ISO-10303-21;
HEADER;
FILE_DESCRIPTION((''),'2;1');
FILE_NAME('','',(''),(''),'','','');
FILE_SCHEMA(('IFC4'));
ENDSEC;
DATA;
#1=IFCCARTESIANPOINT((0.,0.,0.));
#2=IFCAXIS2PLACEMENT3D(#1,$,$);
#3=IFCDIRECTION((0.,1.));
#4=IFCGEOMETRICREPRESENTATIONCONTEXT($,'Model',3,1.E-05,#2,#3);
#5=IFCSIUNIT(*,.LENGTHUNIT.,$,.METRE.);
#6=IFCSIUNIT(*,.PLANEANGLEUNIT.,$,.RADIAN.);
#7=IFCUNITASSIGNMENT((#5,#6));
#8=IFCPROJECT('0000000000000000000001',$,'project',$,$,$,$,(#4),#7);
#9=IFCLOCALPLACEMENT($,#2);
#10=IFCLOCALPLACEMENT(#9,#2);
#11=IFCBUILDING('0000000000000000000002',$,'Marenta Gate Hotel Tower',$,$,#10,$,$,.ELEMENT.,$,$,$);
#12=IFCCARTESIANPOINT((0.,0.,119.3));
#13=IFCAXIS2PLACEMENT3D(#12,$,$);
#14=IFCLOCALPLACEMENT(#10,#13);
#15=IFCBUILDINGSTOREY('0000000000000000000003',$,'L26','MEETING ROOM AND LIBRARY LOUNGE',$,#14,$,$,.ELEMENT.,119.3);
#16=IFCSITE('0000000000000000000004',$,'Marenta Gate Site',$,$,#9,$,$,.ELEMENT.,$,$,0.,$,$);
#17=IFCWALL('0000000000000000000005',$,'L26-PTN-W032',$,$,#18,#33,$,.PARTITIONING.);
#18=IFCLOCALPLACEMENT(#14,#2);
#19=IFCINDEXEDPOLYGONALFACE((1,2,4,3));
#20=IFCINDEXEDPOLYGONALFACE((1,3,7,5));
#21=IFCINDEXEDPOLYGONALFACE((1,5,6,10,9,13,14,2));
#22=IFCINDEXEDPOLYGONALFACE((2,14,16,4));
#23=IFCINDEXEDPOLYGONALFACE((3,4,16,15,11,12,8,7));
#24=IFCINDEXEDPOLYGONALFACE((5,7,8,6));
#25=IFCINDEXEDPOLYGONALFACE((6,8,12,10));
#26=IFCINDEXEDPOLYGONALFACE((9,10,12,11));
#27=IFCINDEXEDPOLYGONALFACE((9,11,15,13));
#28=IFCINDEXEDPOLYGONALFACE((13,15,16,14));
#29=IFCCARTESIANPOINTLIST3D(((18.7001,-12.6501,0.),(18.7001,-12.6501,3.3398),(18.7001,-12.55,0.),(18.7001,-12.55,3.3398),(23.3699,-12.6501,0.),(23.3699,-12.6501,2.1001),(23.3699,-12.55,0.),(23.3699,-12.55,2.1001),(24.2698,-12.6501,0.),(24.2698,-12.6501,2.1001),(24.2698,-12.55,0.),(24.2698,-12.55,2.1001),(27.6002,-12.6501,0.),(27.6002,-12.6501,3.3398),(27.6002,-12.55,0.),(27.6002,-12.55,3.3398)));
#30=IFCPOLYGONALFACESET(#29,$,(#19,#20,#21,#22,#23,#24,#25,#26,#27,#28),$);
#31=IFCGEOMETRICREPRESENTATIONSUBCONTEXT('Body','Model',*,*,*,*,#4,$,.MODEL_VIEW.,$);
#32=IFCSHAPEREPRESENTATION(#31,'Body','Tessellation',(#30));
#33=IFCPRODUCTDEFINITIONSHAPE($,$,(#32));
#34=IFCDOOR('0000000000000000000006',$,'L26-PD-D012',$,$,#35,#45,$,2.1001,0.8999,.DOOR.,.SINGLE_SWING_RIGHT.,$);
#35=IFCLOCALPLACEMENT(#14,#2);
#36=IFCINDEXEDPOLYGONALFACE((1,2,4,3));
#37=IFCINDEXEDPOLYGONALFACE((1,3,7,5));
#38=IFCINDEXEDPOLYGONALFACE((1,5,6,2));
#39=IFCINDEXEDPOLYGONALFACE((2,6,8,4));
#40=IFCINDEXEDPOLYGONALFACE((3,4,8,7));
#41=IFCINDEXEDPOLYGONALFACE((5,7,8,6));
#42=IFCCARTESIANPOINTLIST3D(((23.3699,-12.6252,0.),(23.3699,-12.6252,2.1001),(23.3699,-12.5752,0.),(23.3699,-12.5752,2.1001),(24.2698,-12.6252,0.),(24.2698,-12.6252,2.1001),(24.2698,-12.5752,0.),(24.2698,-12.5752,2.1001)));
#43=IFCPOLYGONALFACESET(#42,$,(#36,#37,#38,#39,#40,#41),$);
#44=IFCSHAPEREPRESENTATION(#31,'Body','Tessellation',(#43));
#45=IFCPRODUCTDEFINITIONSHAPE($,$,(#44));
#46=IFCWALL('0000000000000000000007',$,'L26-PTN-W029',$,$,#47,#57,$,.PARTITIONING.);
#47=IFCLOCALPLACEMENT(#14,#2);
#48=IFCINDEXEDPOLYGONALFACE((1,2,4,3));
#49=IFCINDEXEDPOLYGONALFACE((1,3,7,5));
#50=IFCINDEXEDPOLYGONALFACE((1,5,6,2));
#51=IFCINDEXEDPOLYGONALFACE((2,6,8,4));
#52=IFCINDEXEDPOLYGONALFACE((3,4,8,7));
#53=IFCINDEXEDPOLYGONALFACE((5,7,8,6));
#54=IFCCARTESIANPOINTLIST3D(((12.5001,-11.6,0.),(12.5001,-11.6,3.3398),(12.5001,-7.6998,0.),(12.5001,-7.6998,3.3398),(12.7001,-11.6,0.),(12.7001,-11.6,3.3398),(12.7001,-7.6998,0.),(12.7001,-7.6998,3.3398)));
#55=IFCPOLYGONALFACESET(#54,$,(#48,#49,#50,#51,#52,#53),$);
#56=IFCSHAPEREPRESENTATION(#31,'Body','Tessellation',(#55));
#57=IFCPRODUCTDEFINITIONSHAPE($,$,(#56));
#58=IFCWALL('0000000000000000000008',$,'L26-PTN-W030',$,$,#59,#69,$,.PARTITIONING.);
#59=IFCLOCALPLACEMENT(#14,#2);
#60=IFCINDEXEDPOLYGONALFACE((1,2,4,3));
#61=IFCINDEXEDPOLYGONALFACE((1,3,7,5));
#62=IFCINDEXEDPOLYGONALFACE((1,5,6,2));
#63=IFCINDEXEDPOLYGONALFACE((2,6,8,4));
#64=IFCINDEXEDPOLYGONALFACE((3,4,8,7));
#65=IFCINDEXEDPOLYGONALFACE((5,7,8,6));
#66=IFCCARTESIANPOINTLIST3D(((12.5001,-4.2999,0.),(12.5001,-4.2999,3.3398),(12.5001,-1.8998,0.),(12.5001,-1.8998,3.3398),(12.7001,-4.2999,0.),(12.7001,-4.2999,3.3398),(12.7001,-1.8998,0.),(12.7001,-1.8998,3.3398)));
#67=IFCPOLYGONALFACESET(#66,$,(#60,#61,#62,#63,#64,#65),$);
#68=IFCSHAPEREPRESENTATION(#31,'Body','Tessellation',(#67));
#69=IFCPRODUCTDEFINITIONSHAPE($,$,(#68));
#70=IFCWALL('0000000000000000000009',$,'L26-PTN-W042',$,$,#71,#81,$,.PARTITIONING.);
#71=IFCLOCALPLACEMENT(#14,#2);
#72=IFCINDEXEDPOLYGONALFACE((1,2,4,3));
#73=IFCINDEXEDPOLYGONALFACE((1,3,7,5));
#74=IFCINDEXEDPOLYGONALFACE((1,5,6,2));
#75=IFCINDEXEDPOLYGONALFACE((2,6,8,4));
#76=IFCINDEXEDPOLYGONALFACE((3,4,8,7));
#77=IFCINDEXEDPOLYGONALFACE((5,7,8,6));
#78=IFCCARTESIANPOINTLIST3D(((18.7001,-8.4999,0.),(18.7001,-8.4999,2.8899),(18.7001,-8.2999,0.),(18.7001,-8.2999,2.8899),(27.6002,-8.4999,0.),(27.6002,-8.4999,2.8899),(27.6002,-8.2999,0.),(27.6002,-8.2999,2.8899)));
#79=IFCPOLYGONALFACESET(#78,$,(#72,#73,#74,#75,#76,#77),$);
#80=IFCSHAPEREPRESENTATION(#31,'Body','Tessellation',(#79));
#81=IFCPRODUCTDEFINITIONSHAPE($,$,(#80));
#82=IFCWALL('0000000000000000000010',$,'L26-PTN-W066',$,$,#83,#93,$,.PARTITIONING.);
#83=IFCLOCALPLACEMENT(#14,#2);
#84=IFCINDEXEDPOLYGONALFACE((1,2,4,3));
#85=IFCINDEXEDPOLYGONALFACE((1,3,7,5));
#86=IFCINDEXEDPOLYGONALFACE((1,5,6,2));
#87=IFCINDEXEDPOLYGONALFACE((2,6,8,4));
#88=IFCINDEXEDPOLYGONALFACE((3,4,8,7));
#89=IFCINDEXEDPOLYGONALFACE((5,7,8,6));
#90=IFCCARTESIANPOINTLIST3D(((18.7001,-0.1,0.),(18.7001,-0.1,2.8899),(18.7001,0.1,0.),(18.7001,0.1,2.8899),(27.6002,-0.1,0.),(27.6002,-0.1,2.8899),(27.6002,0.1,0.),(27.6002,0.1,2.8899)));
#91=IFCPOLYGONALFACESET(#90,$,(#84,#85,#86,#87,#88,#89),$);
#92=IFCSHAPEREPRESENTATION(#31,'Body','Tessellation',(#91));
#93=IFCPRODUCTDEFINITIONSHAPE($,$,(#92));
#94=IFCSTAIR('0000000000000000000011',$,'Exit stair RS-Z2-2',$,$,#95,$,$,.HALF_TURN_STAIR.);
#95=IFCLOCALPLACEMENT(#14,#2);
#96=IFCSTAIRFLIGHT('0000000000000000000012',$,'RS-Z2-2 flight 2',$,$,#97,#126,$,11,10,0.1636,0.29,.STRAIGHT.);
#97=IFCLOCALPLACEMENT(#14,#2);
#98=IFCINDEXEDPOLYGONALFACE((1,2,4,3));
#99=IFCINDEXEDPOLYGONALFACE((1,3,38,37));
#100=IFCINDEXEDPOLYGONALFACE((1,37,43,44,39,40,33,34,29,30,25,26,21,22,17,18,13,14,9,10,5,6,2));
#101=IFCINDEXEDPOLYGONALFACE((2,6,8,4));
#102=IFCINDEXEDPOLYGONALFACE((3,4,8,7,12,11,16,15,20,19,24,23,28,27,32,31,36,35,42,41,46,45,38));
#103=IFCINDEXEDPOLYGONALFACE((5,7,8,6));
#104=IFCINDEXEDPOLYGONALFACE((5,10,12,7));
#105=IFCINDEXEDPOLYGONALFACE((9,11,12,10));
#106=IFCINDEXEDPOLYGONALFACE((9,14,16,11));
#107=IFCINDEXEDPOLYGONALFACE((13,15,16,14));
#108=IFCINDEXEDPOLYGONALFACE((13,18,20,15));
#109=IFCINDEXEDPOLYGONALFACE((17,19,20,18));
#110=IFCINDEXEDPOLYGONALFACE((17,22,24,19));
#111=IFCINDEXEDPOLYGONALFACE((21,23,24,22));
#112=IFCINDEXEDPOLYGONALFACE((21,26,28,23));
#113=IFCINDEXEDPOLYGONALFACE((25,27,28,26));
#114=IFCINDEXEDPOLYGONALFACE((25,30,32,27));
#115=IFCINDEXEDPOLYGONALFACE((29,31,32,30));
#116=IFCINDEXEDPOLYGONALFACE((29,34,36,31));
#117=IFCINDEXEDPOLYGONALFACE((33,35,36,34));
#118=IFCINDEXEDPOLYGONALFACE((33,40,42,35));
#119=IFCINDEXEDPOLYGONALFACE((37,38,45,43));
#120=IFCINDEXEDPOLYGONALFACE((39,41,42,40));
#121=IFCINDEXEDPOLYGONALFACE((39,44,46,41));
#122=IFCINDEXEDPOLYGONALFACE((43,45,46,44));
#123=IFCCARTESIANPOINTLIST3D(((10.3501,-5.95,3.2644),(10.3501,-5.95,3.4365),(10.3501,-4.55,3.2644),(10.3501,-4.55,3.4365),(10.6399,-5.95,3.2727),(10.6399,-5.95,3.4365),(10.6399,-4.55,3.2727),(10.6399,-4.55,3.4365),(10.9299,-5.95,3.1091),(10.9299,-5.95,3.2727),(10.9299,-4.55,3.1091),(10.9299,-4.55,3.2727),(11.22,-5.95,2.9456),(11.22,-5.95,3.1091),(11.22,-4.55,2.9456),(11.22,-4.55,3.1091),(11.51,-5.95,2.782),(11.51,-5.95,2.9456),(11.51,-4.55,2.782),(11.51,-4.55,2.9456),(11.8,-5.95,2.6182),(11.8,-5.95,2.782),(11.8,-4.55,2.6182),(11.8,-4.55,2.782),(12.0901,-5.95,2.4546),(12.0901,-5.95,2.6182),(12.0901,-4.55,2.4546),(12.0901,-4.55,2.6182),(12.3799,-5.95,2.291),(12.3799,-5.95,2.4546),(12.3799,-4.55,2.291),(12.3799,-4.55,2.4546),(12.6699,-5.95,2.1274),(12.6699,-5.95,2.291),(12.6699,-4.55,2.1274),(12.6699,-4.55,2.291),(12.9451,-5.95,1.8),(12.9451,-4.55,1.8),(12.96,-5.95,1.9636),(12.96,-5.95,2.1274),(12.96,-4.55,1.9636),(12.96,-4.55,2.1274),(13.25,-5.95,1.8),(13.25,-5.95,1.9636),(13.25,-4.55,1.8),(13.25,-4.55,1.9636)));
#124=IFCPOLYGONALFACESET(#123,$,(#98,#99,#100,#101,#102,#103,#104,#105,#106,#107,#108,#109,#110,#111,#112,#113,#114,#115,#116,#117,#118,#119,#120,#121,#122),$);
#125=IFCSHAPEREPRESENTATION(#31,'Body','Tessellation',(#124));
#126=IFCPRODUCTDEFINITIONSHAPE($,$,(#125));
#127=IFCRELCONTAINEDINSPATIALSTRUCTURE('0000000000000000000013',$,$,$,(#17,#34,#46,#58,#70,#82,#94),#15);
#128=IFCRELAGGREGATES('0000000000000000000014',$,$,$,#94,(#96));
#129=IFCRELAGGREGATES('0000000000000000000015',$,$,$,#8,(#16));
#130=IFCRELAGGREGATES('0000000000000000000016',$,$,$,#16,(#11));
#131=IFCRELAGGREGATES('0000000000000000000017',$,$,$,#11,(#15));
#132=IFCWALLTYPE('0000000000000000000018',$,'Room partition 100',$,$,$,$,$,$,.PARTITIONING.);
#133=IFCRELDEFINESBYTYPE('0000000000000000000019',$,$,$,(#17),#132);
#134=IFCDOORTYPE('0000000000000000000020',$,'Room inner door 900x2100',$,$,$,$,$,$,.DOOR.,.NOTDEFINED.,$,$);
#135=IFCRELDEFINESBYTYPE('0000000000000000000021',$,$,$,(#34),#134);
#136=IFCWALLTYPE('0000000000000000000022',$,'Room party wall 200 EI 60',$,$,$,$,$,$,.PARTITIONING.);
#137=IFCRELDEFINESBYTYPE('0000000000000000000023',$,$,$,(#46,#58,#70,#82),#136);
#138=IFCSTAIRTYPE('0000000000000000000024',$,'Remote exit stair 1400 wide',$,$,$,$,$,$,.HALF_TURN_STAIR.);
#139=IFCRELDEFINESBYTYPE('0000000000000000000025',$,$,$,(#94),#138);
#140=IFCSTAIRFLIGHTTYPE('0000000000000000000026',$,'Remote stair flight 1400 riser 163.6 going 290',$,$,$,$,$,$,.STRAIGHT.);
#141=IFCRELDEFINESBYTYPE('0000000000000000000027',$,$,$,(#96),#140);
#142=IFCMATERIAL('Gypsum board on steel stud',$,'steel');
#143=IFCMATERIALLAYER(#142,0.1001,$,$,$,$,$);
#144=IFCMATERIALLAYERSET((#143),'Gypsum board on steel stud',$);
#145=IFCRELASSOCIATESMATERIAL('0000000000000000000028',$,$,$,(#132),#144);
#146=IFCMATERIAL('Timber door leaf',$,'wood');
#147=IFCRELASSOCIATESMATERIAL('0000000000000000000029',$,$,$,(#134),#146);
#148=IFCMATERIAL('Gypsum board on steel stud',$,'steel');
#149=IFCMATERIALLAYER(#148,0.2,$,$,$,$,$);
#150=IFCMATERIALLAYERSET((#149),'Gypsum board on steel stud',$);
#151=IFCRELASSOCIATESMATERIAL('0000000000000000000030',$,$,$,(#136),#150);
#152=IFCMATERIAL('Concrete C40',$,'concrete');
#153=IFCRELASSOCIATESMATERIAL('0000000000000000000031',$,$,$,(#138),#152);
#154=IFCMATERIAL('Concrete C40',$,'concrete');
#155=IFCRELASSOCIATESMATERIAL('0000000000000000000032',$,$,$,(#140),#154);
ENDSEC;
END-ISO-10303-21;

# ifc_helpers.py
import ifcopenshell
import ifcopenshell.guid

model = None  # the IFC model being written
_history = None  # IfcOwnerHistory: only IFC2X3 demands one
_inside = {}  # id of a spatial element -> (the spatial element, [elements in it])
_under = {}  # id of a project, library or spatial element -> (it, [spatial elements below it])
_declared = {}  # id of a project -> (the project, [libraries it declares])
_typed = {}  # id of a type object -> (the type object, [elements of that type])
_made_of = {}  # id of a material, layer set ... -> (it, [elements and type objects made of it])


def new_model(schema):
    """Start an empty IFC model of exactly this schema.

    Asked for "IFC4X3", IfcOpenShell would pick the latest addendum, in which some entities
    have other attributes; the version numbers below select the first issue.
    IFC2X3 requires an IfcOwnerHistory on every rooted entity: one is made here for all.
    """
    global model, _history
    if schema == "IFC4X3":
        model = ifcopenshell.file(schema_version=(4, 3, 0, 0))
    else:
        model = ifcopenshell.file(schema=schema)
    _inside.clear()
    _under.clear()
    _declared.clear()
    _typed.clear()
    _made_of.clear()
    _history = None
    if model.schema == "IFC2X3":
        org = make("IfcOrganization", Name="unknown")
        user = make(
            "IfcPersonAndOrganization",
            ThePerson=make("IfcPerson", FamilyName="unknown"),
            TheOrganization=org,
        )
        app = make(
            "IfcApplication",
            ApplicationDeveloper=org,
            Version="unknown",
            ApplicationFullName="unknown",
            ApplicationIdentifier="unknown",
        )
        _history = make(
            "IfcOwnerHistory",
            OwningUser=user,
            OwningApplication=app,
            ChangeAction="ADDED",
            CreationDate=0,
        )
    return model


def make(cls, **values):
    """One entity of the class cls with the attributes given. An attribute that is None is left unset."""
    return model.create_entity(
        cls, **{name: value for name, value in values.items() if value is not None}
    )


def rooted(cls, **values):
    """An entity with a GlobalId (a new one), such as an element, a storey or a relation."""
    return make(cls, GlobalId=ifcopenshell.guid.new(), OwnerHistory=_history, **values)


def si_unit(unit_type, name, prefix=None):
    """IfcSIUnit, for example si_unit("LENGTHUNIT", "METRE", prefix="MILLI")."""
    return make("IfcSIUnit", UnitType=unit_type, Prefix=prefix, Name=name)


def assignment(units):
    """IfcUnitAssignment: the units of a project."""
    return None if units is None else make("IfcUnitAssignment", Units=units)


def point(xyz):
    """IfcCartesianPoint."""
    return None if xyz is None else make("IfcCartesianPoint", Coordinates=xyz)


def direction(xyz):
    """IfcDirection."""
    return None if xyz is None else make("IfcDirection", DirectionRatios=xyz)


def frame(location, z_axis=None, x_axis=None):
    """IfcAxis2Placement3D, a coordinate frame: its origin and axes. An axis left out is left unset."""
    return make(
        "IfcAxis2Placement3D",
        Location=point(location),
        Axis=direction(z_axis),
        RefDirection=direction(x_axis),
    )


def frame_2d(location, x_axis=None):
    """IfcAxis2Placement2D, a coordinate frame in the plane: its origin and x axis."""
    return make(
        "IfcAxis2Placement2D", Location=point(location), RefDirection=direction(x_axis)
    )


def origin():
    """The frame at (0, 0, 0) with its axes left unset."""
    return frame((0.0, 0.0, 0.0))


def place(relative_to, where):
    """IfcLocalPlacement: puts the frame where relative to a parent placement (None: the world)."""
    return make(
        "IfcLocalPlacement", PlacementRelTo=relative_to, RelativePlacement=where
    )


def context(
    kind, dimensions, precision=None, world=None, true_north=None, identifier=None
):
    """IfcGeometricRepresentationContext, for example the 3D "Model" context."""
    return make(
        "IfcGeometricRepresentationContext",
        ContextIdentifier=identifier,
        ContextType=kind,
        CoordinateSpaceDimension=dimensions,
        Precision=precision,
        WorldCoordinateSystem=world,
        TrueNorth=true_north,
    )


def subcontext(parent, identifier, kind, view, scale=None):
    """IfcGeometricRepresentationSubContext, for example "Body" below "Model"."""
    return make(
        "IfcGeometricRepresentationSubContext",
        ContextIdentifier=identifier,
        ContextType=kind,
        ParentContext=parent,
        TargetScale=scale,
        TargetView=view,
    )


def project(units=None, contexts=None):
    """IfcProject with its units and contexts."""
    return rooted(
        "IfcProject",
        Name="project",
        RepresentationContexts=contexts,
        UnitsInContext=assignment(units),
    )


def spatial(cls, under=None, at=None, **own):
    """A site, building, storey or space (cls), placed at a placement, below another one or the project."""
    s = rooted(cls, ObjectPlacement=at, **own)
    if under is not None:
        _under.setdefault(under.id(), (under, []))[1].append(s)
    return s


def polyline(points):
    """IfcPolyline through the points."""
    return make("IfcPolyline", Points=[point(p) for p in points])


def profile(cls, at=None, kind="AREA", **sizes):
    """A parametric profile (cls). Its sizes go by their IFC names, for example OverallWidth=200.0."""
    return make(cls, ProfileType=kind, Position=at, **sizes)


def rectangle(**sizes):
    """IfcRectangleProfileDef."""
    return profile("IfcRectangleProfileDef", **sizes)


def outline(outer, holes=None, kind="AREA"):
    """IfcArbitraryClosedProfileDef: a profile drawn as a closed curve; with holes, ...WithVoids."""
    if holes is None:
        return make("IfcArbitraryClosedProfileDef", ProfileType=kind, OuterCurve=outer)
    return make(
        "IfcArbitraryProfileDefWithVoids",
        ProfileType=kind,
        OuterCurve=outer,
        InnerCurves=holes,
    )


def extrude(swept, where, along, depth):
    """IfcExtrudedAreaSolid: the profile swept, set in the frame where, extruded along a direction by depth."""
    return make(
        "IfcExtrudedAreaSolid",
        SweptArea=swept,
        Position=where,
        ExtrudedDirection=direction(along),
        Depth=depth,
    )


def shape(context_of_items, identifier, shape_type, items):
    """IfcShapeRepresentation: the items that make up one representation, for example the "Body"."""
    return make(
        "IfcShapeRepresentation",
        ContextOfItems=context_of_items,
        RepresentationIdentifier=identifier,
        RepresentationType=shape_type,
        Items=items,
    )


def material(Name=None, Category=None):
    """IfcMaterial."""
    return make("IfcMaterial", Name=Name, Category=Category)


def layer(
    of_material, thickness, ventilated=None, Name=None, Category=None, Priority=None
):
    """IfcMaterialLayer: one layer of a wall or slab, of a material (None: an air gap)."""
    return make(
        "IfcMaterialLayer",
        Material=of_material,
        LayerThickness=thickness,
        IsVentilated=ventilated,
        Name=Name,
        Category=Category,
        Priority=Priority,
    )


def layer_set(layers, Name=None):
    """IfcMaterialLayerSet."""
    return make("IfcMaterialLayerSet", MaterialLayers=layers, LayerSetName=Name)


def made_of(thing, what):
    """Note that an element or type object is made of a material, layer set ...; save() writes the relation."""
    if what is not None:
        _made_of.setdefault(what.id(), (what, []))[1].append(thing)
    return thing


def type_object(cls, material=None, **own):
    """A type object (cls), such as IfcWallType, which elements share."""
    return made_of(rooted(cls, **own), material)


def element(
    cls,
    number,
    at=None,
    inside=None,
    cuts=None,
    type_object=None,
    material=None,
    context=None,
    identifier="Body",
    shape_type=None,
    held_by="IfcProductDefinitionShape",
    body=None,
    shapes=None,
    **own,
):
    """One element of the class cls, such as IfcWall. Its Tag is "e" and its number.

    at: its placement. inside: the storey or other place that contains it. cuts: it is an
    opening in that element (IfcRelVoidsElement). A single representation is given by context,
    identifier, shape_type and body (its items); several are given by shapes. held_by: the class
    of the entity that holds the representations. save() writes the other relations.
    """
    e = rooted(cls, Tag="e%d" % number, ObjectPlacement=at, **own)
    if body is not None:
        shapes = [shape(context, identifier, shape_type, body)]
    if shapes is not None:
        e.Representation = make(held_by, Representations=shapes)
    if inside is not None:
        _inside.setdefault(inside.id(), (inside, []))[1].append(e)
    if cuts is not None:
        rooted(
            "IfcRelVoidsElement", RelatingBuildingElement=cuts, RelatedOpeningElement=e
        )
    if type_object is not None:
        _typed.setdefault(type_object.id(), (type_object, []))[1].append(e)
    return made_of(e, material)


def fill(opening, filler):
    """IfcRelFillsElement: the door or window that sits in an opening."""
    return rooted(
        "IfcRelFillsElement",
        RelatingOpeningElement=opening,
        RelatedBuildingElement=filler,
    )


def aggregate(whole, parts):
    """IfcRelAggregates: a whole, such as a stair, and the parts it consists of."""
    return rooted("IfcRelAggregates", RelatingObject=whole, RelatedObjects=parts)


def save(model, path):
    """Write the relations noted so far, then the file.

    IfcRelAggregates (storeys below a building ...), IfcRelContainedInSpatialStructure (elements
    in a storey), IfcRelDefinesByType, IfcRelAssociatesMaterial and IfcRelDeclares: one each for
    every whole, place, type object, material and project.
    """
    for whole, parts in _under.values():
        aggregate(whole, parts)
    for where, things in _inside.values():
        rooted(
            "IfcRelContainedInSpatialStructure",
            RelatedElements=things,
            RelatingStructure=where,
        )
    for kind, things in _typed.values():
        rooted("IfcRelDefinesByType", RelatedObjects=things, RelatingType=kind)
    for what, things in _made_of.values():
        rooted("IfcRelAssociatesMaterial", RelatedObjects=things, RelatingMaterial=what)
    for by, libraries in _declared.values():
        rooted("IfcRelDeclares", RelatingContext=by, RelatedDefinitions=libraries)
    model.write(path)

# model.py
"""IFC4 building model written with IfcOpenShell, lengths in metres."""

from ifc_helpers import new_model, si_unit, direction, frame, frame_2d, origin, place, context, subcontext, project, spatial, polyline, rectangle, outline, extrude, material, layer, layer_set, type_object, element, fill, aggregate, save


model = new_model("IFC4")

# Units and contexts
model_context = context("Model", 3, precision=1e-05, world=origin(), true_north=direction((0.0, 1.0)))
body_context = subcontext(model_context, "Body", "Model", "MODEL_VIEW")
ifc_project = project(units=[si_unit("LENGTHUNIT", "METRE"), si_unit("PLANEANGLEUNIT", "RADIAN")], contexts=[model_context])

# Site, building, storey
site_placement = place(None, origin())
site = spatial("IfcSite", under=ifc_project, at=site_placement, Name="Marenta Gate Site", CompositionType="ELEMENT", RefElevation=0.0)
building_placement = place(site_placement, origin())
building = spatial("IfcBuilding", under=site, at=building_placement, Name="Marenta Gate Hotel Tower", CompositionType="ELEMENT")
storey_placement = place(building_placement, frame((0.0, 0.0, 119.3)))
storey = spatial("IfcBuildingStorey", under=building, at=storey_placement, Name="L26", Description="MEETING ROOM AND LIBRARY LOUNGE", CompositionType="ELEMENT", Elevation=119.3)

# Wall, opening, door
ifc_material_1 = material(Name="Gypsum board on steel stud", Category="steel")
ifc_layer_1 = layer(ifc_material_1, 0.1001)
ifc_layer_set_1 = layer_set([ifc_layer_1], Name="Gypsum board on steel stud")
wall_type_1 = type_object("IfcWallType", Name="Room partition 100", PredefinedType="PARTITIONING", material=ifc_layer_set_1)
wall_1_placement = place(storey_placement, frame((18.7, -12.6001, 0.0), z_axis=(0.0, 0.0, 1.0), x_axis=(1.0, 0.0, 0.0)))
wall_1 = element("IfcWall", 1, at=wall_1_placement, inside=storey, type_object=wall_type_1, Name="L26-PTN-W032", PredefinedType="PARTITIONING", context=body_context, shape_type="SweptSolid", body=[
    extrude(rectangle(XDim=8.9001, YDim=0.1001, at=frame_2d((4.4502, 0.0))), origin(), (0.0, 0.0, 1.0), 3.3398),
])
opening_1_placement = place(wall_1_placement, frame((4.6699, 0.0, 0.0)))
opening_1 = element("IfcOpeningElement", 2, at=opening_1_placement, cuts=wall_1, PredefinedType="OPENING", context=body_context, shape_type="SweptSolid", body=[
    extrude(rectangle(XDim=0.8999, YDim=2.1001, at=frame_2d((0.45, 1.05))), frame((0.0, 0.05, 0.0), z_axis=(0.0, -1.0, 0.0), x_axis=(1.0, 0.0, 0.0)), (0.0, 0.0, 1.0), 0.1001),
])
ifc_material_2 = material(Name="Timber door leaf", Category="wood")
door_type_1 = type_object("IfcDoorType", Name="Room inner door 900x2100", OperationType="NOTDEFINED", PredefinedType="DOOR", material=ifc_material_2)
door_1_placement = place(opening_1_placement, origin())
door_1 = element("IfcDoor", 3, at=door_1_placement, inside=storey, type_object=door_type_1, Name="L26-PD-D012", OperationType="SINGLE_SWING_RIGHT", OverallHeight=2.1001, OverallWidth=0.8999, PredefinedType="DOOR", context=body_context, shape_type="SweptSolid", body=[
    extrude(rectangle(XDim=0.8999, YDim=2.1001, at=frame_2d((0.45, 1.05))), frame((0.0, 0.0249, 0.0), z_axis=(0.0, -1.0, 0.0), x_axis=(1.0, 0.0, 0.0)), (0.0, 0.0, 1.0), 0.05),
])
fill(opening_1, door_1)

# Walls
ifc_material_3 = material(Name="Gypsum board on steel stud", Category="steel")
ifc_layer_2 = layer(ifc_material_3, 0.2)
ifc_layer_set_2 = layer_set([ifc_layer_2], Name="Gypsum board on steel stud")
wall_type_2 = type_object("IfcWallType", Name="Room party wall 200 EI 60", PredefinedType="PARTITIONING", material=ifc_layer_set_2)
wall_2_placement = place(storey_placement, frame((12.6001, -11.6001, 0.0), z_axis=(0.0, 0.0, 1.0), x_axis=(0.0, 1.0, 0.0)))
element("IfcWall", 4, at=wall_2_placement, inside=storey, type_object=wall_type_2, Name="L26-PTN-W029", PredefinedType="PARTITIONING", context=body_context, shape_type="SweptSolid", body=[
    extrude(rectangle(XDim=3.9001, YDim=0.2, at=frame_2d((1.9502, 0.0))), origin(), (0.0, 0.0, 1.0), 3.3398),
])
wall_3_placement = place(storey_placement, frame((12.6001, -4.3, 0.0), z_axis=(0.0, 0.0, 1.0), x_axis=(0.0, 1.0, 0.0)))
element("IfcWall", 5, at=wall_3_placement, inside=storey, type_object=wall_type_2, Name="L26-PTN-W030", PredefinedType="PARTITIONING", context=body_context, shape_type="SweptSolid", body=[
    extrude(rectangle(XDim=2.4001, YDim=0.2, at=frame_2d((1.2002, 0.0))), origin(), (0.0, 0.0, 1.0), 3.3398),
])
for number, where, z_axis, x_axis, name in (
    (6, (18.7, -8.3999, 0.0), (0.0, 0.0, 1.0), (1.0, 0.0, 0.0), "L26-PTN-W042"),
    (7, (18.7, 0.0, 0.0), (0.0, 0.0, 1.0), (1.0, 0.0, 0.0), "L26-PTN-W066"),
):
    element("IfcWall", number, at=place(storey_placement, frame(where, z_axis=z_axis, x_axis=x_axis)), inside=storey, type_object=wall_type_2, Name=name, PredefinedType="PARTITIONING", context=body_context, shape_type="SweptSolid", body=[
        extrude(rectangle(XDim=8.9001, YDim=0.2, at=frame_2d((4.4502, 0.0))), origin(), (0.0, 0.0, 1.0), 2.8899),
    ])

# Stair, stair flight
ifc_material_4 = material(Name="Concrete C40", Category="concrete")
stair_type = type_object("IfcStairType", Name="Remote exit stair 1400 wide", PredefinedType="HALF_TURN_STAIR", material=ifc_material_4)
stair_placement = place(storey_placement, origin())
stair = element("IfcStair", 8, at=stair_placement, inside=storey, type_object=stair_type, Name="Exit stair RS-Z2-2", PredefinedType="HALF_TURN_STAIR")
ifc_material_5 = material(Name="Concrete C40", Category="concrete")
stair_flight_type = type_object("IfcStairFlightType", Name="Remote stair flight 1400 riser 163.6 going 290", PredefinedType="STRAIGHT", material=ifc_material_5)
stair_flight_placement = place(storey_placement, frame((13.25, -5.25, 1.8), z_axis=(0.0, 0.0, 1.0), x_axis=(-1.0, 0.0, 0.0)))
stair_flight = element("IfcStairFlight", 9, at=stair_flight_placement, type_object=stair_flight_type, Name="RS-Z2-2 flight 2", NumberOfRisers=11, NumberOfTreads=10, PredefinedType="STRAIGHT", RiserHeight=0.1636, TreadLength=0.29, context=body_context, shape_type="SweptSolid", body=[
    extrude(outline(polyline([(0.0, 0.0), (0.0, 0.1636), (0.29, 0.1636), (0.29, 0.3274), (0.5801, 0.3274), (0.5801, 0.491), (0.8701, 0.491), (0.8701, 0.6545), (1.1599, 0.6545), (1.1599, 0.8181), (1.45, 0.8181), (1.45, 0.9819), (1.74, 0.9819), (1.74, 1.1455), (2.03, 1.1455), (2.03, 1.3091), (2.3201, 1.3091), (2.3201, 1.4727), (2.6101, 1.4727), (2.6101, 1.6365), (2.8999, 1.6365), (2.8999, 1.8), (2.8999, 1.4644), (0.3049, 0.0), (0.0, 0.0)])), frame((0.0, 0.7, 0.0), z_axis=(0.0, -1.0, 0.0), x_axis=(1.0, 0.0, 0.0)), (0.0, 0.0, 1.0), 1.3999),
])
aggregate(stair, [stair_flight])

save(model, "model.ifc")
